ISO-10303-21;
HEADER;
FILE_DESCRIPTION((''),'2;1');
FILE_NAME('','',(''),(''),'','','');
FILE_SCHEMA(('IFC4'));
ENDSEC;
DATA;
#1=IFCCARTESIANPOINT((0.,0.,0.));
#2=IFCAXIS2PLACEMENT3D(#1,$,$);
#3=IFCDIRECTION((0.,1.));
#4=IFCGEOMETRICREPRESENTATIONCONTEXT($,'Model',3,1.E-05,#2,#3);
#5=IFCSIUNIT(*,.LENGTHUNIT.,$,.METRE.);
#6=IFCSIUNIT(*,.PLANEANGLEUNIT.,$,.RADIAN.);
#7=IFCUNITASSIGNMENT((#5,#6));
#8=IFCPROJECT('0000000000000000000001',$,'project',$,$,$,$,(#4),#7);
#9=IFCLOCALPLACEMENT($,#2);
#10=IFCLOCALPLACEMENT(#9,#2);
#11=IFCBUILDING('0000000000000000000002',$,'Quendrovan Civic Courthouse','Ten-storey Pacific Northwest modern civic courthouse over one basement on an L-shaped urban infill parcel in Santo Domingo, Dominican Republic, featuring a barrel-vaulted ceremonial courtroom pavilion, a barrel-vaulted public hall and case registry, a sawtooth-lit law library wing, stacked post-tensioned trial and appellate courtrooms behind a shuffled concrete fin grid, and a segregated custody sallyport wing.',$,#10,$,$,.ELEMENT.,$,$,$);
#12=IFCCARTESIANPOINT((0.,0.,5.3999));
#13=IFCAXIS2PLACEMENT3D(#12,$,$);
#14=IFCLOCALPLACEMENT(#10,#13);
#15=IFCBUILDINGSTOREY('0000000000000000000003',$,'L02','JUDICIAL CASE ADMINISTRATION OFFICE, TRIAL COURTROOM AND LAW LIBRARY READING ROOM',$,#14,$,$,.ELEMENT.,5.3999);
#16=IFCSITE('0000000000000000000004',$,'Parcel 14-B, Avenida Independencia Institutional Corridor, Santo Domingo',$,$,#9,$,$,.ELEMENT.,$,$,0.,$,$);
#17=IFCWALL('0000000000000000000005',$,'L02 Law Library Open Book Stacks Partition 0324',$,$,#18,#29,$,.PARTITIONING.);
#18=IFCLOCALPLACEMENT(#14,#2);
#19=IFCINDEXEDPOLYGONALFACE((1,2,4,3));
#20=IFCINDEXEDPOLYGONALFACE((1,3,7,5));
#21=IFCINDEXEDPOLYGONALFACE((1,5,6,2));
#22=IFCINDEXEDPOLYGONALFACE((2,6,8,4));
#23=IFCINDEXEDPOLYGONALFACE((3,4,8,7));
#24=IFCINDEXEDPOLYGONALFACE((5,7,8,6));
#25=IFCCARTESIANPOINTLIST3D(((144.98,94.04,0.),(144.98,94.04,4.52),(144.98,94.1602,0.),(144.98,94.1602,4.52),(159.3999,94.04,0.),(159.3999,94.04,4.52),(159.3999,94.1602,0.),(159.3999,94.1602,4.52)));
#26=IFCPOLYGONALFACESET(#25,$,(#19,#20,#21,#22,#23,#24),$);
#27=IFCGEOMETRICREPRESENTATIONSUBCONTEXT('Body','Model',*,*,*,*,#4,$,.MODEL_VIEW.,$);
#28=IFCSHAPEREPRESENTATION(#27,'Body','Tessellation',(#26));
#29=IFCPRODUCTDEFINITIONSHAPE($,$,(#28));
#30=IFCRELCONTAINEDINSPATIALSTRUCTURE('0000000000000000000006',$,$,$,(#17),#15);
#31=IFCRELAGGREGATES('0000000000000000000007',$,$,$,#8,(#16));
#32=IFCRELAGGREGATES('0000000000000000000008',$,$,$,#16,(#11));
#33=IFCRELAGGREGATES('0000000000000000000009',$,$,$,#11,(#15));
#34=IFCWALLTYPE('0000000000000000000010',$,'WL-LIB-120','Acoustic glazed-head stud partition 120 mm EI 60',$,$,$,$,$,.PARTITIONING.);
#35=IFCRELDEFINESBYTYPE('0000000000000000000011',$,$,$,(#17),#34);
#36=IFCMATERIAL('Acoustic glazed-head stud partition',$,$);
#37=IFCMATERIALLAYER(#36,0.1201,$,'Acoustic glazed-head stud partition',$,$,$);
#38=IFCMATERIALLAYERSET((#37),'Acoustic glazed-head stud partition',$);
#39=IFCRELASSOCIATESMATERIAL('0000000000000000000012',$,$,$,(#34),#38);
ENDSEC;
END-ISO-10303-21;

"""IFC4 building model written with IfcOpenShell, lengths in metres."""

from ifc_helpers import new_model, si_unit, direction, frame, frame_2d, origin, place, context, subcontext, project, spatial, rectangle, extrude, material, layer, layer_set, type_object, element, save


model = new_model("IFC4")

# Units and contexts
model_context = context("Model", 3, precision=1e-05, world=origin(), true_north=direction((0.0, 1.0)))
body_context = subcontext(model_context, "Body", "Model", "MODEL_VIEW")
ifc_project = project(units=[si_unit("LENGTHUNIT", "METRE"), si_unit("PLANEANGLEUNIT", "RADIAN")], contexts=[model_context])

# Site, building, storey
site_placement = place(None, origin())
site = spatial("IfcSite", under=ifc_project, at=site_placement, Name="Parcel 14-B, Avenida Independencia Institutional Corridor, Santo Domingo", CompositionType="ELEMENT", RefElevation=0.0)
building_placement = place(site_placement, origin())
building = spatial("IfcBuilding", under=site, at=building_placement, Name="Quendrovan Civic Courthouse", Description="Ten-storey Pacific Northwest modern civic courthouse over one basement on an L-shaped urban infill parcel in Santo Domingo, Dominican Republic, featuring a barrel-vaulted ceremonial courtroom pavilion, a barrel-vaulted public hall and case registry, a sawtooth-lit law library wing, stacked post-tensioned trial and appellate courtrooms behind a shuffled concrete fin grid, and a segregated custody sallyport wing.", CompositionType="ELEMENT")
storey_placement = place(building_placement, frame((0.0, 0.0, 5.3999)))
storey = spatial("IfcBuildingStorey", under=building, at=storey_placement, Name="L02", Description="JUDICIAL CASE ADMINISTRATION OFFICE, TRIAL COURTROOM AND LAW LIBRARY READING ROOM", CompositionType="ELEMENT", Elevation=5.3999)

# Wall
ifc_material_1 = material(Name="Acoustic glazed-head stud partition")
ifc_layer_1 = layer(ifc_material_1, 0.1201, Name="Acoustic glazed-head stud partition")
ifc_layer_set_1 = layer_set([ifc_layer_1], Name="Acoustic glazed-head stud partition")
wall_type_1 = type_object("IfcWallType", Name="WL-LIB-120", Description="Acoustic glazed-head stud partition 120 mm EI 60", PredefinedType="PARTITIONING", material=ifc_layer_set_1)
wall_1_placement = place(storey_placement, frame((159.3999, 94.1001, 0.0), z_axis=(0.0, 0.0, 1.0), x_axis=(-1.0, 0.0, 0.0)))
element("IfcWall", 1, at=wall_1_placement, inside=storey, type_object=wall_type_1, Name="L02 Law Library Open Book Stacks Partition 0324", PredefinedType="PARTITIONING", context=body_context, shape_type="SweptSolid", body=[
    extrude(rectangle(XDim=14.4199, YDim=0.1201, at=frame_2d((7.21, 0.0))), origin(), (0.0, 0.0, 1.0), 4.52),
])

save(model, "model.ifc")
